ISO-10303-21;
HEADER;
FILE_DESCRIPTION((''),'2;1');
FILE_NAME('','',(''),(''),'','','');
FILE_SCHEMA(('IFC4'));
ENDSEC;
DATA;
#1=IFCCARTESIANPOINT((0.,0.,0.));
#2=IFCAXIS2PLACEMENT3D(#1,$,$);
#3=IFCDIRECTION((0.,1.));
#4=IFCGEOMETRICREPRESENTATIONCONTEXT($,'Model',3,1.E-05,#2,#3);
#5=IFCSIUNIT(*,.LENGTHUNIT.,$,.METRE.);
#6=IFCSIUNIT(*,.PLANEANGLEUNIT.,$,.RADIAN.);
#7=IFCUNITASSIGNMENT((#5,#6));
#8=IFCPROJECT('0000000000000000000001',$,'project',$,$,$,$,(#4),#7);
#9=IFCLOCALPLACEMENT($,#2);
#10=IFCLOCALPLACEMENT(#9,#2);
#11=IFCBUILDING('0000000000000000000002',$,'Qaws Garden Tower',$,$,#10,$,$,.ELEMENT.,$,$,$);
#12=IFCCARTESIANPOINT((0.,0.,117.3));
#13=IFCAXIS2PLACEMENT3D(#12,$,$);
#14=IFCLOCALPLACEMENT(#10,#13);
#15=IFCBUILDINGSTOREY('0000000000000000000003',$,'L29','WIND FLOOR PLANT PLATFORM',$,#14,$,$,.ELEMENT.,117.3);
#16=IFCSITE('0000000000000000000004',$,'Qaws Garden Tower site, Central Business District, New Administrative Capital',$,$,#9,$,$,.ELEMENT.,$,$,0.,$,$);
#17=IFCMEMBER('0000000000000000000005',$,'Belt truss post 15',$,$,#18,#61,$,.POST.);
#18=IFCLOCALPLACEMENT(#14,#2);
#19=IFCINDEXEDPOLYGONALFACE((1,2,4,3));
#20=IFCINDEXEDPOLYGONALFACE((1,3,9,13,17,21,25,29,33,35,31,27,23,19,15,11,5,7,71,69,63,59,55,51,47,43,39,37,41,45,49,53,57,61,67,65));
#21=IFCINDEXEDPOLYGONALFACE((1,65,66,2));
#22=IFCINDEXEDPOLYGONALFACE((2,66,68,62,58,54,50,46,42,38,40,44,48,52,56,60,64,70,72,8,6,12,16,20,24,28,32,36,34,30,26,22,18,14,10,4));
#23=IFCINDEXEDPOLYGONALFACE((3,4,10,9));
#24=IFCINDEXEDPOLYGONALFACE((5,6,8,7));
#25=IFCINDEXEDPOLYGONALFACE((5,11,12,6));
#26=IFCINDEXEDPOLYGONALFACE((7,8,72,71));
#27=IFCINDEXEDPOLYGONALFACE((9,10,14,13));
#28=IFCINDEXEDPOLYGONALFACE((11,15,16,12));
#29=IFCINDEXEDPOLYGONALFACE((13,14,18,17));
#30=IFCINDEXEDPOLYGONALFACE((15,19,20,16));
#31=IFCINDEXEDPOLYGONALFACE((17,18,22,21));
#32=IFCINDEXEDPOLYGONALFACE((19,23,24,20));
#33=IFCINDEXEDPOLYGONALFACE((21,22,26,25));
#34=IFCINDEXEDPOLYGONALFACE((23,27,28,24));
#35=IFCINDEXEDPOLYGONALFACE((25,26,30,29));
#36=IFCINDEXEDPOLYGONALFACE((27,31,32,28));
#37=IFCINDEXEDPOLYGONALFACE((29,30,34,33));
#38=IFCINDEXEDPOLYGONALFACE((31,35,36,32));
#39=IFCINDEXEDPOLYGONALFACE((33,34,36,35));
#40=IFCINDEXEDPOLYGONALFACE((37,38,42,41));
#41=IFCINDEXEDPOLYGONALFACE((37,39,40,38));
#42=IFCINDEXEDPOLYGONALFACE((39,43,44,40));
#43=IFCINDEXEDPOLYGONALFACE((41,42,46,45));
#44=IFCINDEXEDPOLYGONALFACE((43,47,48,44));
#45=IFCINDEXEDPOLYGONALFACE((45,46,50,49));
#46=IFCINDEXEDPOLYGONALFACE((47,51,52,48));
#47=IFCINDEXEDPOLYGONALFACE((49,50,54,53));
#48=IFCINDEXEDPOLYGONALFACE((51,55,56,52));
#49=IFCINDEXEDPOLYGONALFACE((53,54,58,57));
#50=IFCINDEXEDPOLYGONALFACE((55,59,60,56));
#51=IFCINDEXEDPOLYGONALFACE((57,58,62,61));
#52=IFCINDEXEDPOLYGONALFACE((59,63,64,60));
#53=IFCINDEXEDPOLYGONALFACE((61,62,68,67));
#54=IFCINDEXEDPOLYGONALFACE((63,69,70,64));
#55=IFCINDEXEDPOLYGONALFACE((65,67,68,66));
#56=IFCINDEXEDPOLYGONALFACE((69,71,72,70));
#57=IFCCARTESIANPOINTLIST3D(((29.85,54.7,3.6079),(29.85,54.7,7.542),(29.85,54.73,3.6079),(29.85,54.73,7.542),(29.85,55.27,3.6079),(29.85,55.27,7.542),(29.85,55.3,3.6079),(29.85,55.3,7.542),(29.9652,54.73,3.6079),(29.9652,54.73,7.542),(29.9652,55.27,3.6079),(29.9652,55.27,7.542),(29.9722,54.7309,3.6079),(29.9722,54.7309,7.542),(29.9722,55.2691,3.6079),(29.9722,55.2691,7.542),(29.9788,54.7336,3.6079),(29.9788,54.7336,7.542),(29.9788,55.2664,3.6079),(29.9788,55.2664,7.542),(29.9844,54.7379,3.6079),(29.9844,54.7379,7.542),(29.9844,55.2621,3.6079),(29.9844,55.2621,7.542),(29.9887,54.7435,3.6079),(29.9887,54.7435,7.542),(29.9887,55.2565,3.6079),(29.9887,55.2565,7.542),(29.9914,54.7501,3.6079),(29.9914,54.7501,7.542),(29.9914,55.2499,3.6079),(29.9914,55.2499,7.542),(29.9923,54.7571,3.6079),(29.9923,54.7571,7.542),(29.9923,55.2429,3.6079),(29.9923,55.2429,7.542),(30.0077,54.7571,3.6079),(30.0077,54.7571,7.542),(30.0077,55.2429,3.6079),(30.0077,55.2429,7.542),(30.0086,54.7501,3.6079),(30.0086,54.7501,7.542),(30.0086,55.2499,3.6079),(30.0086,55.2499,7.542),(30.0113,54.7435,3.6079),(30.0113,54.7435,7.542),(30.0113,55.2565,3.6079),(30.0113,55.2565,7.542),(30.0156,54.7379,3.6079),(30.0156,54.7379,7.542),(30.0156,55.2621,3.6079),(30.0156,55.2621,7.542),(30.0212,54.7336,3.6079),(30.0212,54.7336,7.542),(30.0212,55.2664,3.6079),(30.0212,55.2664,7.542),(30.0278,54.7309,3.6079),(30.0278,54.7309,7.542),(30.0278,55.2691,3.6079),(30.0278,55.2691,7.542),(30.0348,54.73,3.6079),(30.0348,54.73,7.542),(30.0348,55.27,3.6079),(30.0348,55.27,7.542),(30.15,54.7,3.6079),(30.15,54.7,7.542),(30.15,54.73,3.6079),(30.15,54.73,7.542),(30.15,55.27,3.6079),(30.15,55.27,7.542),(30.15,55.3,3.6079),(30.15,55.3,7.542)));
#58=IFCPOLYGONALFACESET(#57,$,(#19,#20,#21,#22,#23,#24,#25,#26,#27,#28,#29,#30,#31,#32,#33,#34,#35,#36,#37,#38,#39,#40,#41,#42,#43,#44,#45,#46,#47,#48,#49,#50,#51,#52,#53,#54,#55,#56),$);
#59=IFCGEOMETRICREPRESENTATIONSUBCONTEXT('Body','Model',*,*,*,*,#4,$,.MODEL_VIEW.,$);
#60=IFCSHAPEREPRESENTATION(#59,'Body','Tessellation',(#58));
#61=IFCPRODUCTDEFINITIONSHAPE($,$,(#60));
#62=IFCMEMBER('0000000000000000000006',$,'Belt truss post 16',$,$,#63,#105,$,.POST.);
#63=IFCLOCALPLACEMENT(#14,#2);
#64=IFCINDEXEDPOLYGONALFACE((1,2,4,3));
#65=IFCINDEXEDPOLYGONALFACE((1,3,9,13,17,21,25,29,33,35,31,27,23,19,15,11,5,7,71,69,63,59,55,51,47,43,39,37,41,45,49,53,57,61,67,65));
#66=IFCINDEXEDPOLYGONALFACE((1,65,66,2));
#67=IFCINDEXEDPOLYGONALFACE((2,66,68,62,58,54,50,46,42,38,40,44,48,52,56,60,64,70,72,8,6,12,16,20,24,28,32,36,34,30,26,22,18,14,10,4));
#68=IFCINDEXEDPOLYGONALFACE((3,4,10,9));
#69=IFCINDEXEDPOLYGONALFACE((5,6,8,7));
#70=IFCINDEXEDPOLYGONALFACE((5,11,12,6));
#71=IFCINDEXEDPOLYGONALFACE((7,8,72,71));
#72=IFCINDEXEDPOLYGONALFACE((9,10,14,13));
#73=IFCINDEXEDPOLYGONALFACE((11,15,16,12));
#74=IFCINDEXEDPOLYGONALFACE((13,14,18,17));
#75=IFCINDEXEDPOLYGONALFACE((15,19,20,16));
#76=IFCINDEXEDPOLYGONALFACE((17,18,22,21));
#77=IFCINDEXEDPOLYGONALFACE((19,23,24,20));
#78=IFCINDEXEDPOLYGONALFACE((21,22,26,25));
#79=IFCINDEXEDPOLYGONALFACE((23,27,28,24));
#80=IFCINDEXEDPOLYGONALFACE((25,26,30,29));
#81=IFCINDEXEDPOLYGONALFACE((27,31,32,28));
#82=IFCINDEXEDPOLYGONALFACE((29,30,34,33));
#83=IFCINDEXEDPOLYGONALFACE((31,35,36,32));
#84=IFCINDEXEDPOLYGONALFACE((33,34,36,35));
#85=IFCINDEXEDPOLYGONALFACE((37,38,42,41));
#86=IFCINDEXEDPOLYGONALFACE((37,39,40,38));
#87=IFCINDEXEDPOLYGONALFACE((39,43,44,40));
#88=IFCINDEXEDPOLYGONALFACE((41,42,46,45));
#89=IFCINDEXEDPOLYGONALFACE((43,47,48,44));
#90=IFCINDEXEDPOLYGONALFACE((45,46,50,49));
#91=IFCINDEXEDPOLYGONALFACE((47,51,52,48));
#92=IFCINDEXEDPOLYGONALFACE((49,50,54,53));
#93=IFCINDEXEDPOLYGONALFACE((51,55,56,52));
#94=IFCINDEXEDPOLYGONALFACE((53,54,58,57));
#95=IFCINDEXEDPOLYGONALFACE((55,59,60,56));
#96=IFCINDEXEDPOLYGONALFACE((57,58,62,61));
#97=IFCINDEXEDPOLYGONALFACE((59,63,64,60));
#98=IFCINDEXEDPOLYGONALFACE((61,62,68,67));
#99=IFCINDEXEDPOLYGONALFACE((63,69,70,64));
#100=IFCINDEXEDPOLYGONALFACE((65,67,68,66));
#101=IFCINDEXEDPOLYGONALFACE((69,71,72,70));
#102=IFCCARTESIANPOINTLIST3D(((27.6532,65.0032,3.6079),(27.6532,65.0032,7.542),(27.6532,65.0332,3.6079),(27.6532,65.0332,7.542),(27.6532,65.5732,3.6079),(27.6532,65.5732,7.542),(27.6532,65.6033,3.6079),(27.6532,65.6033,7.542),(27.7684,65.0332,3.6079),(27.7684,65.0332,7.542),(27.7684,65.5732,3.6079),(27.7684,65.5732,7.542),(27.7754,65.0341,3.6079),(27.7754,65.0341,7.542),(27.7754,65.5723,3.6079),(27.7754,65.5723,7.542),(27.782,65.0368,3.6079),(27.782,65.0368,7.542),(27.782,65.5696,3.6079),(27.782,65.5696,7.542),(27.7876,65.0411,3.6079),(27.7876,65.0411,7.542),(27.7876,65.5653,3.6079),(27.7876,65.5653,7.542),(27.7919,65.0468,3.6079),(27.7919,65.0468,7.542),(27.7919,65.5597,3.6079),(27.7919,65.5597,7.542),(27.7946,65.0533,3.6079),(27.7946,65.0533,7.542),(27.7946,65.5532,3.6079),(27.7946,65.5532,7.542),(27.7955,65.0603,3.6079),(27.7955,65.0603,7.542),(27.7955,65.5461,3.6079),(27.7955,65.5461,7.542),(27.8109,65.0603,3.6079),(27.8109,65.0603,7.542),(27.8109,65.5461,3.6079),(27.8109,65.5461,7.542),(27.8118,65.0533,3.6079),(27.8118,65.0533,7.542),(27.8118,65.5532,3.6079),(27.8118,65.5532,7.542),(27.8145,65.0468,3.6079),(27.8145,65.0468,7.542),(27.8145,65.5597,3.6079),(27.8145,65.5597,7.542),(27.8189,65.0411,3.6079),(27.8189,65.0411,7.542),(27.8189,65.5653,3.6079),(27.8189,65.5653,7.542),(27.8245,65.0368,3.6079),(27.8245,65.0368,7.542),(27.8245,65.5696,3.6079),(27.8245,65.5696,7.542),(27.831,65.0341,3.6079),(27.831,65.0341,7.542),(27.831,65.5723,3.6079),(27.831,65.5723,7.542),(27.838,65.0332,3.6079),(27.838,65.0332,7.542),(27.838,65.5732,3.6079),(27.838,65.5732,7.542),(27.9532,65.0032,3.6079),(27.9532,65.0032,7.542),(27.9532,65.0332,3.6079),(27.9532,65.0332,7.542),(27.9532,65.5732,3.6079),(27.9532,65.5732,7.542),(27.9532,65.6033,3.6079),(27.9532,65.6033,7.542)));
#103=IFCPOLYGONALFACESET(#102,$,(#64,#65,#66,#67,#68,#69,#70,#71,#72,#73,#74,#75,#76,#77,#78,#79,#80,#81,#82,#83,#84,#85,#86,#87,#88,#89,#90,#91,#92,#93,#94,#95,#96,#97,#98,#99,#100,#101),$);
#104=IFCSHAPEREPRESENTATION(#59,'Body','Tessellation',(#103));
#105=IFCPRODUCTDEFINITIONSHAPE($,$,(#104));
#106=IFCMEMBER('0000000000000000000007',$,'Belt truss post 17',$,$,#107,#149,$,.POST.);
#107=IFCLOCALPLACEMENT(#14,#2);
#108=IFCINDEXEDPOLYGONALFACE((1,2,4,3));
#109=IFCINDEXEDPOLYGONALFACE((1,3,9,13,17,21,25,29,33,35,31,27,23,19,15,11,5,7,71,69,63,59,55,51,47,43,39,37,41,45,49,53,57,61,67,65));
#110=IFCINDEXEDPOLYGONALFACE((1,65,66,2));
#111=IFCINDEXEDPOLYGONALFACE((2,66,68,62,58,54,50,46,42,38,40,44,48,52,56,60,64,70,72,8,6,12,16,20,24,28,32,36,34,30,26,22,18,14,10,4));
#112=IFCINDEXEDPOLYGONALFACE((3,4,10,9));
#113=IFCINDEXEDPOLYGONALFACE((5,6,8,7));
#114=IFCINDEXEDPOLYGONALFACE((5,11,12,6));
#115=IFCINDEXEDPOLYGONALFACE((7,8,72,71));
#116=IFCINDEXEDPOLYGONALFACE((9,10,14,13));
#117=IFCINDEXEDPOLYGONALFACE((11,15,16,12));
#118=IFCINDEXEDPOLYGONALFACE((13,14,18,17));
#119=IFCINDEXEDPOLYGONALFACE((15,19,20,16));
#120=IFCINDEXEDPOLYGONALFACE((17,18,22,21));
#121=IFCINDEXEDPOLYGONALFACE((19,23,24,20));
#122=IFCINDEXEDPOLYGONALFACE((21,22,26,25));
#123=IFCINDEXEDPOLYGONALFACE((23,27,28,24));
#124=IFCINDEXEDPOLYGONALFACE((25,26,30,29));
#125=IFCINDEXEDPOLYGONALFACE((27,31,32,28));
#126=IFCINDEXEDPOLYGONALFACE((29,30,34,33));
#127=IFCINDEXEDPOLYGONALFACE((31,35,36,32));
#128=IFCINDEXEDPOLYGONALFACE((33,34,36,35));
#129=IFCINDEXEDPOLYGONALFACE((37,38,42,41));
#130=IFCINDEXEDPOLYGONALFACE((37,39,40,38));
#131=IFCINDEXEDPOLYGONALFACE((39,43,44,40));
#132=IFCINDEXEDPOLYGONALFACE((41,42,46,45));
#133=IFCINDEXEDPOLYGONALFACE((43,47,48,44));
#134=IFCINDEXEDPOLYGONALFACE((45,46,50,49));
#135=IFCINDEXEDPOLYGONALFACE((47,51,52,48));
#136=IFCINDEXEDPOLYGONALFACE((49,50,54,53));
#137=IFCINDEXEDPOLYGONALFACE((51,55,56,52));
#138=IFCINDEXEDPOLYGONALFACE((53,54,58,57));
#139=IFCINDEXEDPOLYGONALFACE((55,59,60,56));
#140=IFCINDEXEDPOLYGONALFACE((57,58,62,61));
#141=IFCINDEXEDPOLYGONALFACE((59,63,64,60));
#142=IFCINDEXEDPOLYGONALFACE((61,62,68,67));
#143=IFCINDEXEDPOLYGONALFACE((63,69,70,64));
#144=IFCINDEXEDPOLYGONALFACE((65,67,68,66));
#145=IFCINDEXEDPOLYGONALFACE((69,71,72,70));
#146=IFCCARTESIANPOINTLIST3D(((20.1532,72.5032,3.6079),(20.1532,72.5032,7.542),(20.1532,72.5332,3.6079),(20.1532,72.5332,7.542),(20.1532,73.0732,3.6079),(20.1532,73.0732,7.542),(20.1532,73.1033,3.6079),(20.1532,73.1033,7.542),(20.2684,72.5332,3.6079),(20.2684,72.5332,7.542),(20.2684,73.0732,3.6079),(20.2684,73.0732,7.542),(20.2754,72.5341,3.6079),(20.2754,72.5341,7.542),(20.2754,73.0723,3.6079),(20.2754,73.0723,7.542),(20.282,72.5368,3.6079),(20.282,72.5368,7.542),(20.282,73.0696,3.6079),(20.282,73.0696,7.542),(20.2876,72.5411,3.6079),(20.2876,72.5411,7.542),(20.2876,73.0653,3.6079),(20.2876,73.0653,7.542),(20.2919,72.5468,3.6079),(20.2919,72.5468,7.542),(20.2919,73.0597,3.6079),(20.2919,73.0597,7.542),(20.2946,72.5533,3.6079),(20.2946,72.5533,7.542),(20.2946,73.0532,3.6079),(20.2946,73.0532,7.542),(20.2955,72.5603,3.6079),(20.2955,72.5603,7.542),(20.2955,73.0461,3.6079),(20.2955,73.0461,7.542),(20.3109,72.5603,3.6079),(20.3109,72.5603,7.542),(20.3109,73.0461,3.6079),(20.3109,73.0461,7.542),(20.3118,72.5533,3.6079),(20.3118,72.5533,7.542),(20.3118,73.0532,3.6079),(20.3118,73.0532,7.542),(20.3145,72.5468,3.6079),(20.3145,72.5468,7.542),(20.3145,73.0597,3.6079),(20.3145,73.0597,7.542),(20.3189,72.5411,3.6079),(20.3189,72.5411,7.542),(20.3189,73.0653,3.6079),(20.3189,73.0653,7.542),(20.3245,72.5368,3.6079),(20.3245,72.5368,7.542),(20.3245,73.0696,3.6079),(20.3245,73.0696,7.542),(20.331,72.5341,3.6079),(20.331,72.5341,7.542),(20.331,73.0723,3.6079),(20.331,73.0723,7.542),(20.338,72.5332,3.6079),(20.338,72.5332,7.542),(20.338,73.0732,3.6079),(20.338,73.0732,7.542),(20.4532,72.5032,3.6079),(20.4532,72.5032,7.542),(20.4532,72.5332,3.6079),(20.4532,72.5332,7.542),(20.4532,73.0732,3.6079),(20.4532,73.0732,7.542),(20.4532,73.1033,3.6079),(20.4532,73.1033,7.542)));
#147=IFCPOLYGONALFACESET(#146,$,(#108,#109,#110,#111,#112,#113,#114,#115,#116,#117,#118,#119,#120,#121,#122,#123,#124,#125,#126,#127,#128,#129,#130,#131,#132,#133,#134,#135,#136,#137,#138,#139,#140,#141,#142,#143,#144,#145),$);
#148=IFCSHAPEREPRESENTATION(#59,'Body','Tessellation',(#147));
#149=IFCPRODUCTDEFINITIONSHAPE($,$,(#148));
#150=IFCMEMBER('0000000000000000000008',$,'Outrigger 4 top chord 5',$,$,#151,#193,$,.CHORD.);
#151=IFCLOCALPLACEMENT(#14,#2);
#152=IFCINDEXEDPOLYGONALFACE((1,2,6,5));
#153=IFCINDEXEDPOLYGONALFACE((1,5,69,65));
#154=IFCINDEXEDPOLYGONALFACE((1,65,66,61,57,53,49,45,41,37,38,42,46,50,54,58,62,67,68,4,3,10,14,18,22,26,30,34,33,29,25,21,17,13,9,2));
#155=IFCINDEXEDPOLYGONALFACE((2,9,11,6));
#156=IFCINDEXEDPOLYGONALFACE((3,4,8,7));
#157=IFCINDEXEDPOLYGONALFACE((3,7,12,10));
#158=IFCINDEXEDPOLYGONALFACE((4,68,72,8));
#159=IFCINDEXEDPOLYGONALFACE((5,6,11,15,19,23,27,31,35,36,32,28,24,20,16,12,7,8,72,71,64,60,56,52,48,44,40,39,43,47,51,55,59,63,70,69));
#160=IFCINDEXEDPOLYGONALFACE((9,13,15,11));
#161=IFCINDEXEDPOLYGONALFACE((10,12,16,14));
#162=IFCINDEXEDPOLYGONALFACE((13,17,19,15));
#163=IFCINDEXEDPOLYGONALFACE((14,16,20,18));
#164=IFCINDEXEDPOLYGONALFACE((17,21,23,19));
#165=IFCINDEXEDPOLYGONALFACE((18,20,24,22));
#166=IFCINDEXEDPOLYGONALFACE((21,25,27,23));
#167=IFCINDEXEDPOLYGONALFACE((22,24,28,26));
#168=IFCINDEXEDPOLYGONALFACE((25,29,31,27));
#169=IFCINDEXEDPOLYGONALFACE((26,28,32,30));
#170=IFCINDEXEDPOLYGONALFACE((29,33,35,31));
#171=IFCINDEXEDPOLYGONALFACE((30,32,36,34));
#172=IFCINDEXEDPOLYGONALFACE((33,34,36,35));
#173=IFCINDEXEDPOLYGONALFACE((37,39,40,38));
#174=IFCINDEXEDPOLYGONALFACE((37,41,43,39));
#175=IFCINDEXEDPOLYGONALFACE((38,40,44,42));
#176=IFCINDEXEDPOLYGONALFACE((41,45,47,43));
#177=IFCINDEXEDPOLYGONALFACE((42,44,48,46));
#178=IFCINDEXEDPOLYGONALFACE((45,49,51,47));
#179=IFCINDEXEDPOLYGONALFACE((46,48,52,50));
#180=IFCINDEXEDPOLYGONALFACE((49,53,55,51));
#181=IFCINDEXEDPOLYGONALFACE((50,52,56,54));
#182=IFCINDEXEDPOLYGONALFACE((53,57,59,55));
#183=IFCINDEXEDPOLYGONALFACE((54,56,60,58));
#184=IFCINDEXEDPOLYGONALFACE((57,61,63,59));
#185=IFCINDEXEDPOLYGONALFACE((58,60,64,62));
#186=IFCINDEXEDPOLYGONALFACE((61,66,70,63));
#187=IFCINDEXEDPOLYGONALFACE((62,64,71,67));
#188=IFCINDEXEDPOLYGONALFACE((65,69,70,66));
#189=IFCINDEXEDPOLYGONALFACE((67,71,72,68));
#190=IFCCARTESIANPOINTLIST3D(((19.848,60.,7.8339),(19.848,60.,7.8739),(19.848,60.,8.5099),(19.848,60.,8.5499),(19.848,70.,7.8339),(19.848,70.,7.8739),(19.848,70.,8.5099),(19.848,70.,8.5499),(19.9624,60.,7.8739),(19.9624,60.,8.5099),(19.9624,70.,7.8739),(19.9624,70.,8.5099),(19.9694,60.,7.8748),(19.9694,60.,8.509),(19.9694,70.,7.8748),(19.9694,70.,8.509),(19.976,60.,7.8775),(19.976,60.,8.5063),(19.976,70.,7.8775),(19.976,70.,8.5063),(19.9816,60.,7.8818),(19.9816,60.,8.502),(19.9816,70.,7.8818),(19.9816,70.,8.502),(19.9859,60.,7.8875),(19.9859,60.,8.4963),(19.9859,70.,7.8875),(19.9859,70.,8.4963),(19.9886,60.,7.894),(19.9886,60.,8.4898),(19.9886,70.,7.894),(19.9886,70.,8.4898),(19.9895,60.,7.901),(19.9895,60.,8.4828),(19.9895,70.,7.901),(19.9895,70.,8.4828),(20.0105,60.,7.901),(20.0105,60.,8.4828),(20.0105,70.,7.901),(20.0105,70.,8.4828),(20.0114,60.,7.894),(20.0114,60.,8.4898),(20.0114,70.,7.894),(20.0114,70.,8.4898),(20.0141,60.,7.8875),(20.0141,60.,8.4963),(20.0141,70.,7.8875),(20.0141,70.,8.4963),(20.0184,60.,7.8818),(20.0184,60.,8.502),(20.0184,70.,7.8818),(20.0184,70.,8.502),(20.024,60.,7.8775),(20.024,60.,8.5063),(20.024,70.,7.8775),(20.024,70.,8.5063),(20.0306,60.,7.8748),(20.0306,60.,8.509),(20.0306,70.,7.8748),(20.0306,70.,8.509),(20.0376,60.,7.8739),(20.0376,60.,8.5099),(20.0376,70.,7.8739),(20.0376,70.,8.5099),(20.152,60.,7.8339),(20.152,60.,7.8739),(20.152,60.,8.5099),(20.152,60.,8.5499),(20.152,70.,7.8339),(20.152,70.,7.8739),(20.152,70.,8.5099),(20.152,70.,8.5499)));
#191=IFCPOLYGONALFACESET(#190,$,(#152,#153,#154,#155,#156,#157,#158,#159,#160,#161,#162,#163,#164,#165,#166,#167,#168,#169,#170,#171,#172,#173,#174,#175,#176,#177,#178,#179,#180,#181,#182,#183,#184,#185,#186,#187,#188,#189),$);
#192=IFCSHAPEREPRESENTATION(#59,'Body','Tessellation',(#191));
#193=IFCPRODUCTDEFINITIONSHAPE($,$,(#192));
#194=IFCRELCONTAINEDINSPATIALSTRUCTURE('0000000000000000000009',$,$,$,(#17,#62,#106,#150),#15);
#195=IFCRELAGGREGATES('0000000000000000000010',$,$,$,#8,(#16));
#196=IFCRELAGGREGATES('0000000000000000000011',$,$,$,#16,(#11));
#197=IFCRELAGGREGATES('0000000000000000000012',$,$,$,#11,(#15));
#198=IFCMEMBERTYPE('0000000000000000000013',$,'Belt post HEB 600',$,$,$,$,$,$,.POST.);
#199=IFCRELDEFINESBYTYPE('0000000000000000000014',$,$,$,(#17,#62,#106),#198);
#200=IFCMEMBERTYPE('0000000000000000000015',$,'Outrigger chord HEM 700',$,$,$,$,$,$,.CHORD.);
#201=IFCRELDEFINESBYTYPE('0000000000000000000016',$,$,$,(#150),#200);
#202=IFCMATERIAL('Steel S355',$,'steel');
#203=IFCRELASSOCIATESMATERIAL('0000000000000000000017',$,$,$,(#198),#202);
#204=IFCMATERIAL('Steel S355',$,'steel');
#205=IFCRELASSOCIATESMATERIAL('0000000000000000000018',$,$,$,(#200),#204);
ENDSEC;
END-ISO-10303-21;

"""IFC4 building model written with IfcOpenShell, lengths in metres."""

from ifc_helpers import new_model, si_unit, direction, frame, origin, origin_2d, place, context, subcontext, project, spatial, i_section, extrude, material, material_profile, profile_set, type_object, element, save


model = new_model("IFC4")

# Units and contexts
model_context = context("Model", 3, precision=1e-05, world=origin(), true_north=direction((0.0, 1.0)))
body_context = subcontext(model_context, "Body", "Model", "MODEL_VIEW")
ifc_project = project(units=[si_unit("LENGTHUNIT", "METRE"), si_unit("PLANEANGLEUNIT", "RADIAN")], contexts=[model_context])

# Site, building, storey
site_placement = place(None, origin())
site = spatial("IfcSite", under=ifc_project, at=site_placement, Name="Qaws Garden Tower site, Central Business District, New Administrative Capital", CompositionType="ELEMENT", RefElevation=0.0)
building_placement = place(site_placement, origin())
building = spatial("IfcBuilding", under=site, at=building_placement, Name="Qaws Garden Tower", CompositionType="ELEMENT")
storey_placement = place(building_placement, frame((0.0, 0.0, 117.3)))
storey = spatial("IfcBuildingStorey", under=building, at=storey_placement, Name="L29", Description="WIND FLOOR PLANT PLATFORM", CompositionType="ELEMENT", Elevation=117.3)

# Members
ifc_material_1 = material(Name="Steel S355", Category="steel")
ifc_material_profile_1 = material_profile(ifc_material_1, i_section(OverallWidth=0.3, OverallDepth=0.6001, WebThickness=0.0154, FlangeThickness=0.03, FilletRadius=0.0271, at=origin_2d()), Name="HEB 600")
ifc_profile_set_1 = profile_set([ifc_material_profile_1], Name="Steel S355")
member_type_1 = type_object("IfcMemberType", Name="Belt post HEB 600", PredefinedType="POST", material=ifc_profile_set_1)
placement_1 = place(storey_placement, frame((30.0, 55.0, 3.6079), z_axis=(0.0, 0.0, 1.0), x_axis=(1.0, 0.0, 0.0)))
element("IfcMember", 1, at=placement_1, inside=storey, type_object=member_type_1, Name="Belt truss post 15", PredefinedType="POST", context=body_context, shape_type="SweptSolid", body=[
    extrude(i_section(OverallWidth=0.3, OverallDepth=0.6001, WebThickness=0.0154, FlangeThickness=0.03, FilletRadius=0.0271, at=origin_2d()), origin(), (0.0, 0.0, 1.0), 3.9341),
])
placement_2 = place(storey_placement, frame((27.8032, 65.3032, 3.6079), z_axis=(0.0, 0.0, 1.0), x_axis=(1.0, 0.0, 0.0)))
element("IfcMember", 2, at=placement_2, inside=storey, type_object=member_type_1, Name="Belt truss post 16", PredefinedType="POST", context=body_context, shape_type="SweptSolid", body=[
    extrude(i_section(OverallWidth=0.3, OverallDepth=0.6001, WebThickness=0.0154, FlangeThickness=0.03, FilletRadius=0.0271, at=origin_2d()), origin(), (0.0, 0.0, 1.0), 3.9341),
])
placement_3 = place(storey_placement, frame((20.3032, 72.8032, 3.6079), z_axis=(0.0, 0.0, 1.0), x_axis=(1.0, 0.0, 0.0)))
element("IfcMember", 3, at=placement_3, inside=storey, type_object=member_type_1, Name="Belt truss post 17", PredefinedType="POST", context=body_context, shape_type="SweptSolid", body=[
    extrude(i_section(OverallWidth=0.3, OverallDepth=0.6001, WebThickness=0.0154, FlangeThickness=0.03, FilletRadius=0.0271, at=origin_2d()), origin(), (0.0, 0.0, 1.0), 3.9341),
])
ifc_material_2 = material(Name="Steel S355", Category="steel")
ifc_material_profile_2 = material_profile(ifc_material_2, i_section(OverallWidth=0.304, OverallDepth=0.7161, WebThickness=0.021, FlangeThickness=0.04, FilletRadius=0.0271, at=origin_2d()), Name="HEM 700")
ifc_profile_set_2 = profile_set([ifc_material_profile_2], Name="Steel S355")
member_type_2 = type_object("IfcMemberType", Name="Outrigger chord HEM 700", PredefinedType="CHORD", material=ifc_profile_set_2)
for number, where, z_axis, x_axis, name in (
    (4, (20.0, 60.0, 8.1919), (0.0, 1.0, 0.0), (-1.0, 0.0, 0.0), "Outrigger 4 top chord 5"),
):
    element("IfcMember", number, at=place(storey_placement, frame(where, z_axis=z_axis, x_axis=x_axis)), inside=storey, type_object=member_type_2, Name=name, PredefinedType="CHORD", context=body_context, shape_type="SweptSolid", body=[
        extrude(i_section(OverallWidth=0.304, OverallDepth=0.7161, WebThickness=0.021, FlangeThickness=0.04, FilletRadius=0.0271, at=origin_2d()), origin(), (0.0, 0.0, 1.0), 10.0),
    ])

save(model, "model.ifc")
